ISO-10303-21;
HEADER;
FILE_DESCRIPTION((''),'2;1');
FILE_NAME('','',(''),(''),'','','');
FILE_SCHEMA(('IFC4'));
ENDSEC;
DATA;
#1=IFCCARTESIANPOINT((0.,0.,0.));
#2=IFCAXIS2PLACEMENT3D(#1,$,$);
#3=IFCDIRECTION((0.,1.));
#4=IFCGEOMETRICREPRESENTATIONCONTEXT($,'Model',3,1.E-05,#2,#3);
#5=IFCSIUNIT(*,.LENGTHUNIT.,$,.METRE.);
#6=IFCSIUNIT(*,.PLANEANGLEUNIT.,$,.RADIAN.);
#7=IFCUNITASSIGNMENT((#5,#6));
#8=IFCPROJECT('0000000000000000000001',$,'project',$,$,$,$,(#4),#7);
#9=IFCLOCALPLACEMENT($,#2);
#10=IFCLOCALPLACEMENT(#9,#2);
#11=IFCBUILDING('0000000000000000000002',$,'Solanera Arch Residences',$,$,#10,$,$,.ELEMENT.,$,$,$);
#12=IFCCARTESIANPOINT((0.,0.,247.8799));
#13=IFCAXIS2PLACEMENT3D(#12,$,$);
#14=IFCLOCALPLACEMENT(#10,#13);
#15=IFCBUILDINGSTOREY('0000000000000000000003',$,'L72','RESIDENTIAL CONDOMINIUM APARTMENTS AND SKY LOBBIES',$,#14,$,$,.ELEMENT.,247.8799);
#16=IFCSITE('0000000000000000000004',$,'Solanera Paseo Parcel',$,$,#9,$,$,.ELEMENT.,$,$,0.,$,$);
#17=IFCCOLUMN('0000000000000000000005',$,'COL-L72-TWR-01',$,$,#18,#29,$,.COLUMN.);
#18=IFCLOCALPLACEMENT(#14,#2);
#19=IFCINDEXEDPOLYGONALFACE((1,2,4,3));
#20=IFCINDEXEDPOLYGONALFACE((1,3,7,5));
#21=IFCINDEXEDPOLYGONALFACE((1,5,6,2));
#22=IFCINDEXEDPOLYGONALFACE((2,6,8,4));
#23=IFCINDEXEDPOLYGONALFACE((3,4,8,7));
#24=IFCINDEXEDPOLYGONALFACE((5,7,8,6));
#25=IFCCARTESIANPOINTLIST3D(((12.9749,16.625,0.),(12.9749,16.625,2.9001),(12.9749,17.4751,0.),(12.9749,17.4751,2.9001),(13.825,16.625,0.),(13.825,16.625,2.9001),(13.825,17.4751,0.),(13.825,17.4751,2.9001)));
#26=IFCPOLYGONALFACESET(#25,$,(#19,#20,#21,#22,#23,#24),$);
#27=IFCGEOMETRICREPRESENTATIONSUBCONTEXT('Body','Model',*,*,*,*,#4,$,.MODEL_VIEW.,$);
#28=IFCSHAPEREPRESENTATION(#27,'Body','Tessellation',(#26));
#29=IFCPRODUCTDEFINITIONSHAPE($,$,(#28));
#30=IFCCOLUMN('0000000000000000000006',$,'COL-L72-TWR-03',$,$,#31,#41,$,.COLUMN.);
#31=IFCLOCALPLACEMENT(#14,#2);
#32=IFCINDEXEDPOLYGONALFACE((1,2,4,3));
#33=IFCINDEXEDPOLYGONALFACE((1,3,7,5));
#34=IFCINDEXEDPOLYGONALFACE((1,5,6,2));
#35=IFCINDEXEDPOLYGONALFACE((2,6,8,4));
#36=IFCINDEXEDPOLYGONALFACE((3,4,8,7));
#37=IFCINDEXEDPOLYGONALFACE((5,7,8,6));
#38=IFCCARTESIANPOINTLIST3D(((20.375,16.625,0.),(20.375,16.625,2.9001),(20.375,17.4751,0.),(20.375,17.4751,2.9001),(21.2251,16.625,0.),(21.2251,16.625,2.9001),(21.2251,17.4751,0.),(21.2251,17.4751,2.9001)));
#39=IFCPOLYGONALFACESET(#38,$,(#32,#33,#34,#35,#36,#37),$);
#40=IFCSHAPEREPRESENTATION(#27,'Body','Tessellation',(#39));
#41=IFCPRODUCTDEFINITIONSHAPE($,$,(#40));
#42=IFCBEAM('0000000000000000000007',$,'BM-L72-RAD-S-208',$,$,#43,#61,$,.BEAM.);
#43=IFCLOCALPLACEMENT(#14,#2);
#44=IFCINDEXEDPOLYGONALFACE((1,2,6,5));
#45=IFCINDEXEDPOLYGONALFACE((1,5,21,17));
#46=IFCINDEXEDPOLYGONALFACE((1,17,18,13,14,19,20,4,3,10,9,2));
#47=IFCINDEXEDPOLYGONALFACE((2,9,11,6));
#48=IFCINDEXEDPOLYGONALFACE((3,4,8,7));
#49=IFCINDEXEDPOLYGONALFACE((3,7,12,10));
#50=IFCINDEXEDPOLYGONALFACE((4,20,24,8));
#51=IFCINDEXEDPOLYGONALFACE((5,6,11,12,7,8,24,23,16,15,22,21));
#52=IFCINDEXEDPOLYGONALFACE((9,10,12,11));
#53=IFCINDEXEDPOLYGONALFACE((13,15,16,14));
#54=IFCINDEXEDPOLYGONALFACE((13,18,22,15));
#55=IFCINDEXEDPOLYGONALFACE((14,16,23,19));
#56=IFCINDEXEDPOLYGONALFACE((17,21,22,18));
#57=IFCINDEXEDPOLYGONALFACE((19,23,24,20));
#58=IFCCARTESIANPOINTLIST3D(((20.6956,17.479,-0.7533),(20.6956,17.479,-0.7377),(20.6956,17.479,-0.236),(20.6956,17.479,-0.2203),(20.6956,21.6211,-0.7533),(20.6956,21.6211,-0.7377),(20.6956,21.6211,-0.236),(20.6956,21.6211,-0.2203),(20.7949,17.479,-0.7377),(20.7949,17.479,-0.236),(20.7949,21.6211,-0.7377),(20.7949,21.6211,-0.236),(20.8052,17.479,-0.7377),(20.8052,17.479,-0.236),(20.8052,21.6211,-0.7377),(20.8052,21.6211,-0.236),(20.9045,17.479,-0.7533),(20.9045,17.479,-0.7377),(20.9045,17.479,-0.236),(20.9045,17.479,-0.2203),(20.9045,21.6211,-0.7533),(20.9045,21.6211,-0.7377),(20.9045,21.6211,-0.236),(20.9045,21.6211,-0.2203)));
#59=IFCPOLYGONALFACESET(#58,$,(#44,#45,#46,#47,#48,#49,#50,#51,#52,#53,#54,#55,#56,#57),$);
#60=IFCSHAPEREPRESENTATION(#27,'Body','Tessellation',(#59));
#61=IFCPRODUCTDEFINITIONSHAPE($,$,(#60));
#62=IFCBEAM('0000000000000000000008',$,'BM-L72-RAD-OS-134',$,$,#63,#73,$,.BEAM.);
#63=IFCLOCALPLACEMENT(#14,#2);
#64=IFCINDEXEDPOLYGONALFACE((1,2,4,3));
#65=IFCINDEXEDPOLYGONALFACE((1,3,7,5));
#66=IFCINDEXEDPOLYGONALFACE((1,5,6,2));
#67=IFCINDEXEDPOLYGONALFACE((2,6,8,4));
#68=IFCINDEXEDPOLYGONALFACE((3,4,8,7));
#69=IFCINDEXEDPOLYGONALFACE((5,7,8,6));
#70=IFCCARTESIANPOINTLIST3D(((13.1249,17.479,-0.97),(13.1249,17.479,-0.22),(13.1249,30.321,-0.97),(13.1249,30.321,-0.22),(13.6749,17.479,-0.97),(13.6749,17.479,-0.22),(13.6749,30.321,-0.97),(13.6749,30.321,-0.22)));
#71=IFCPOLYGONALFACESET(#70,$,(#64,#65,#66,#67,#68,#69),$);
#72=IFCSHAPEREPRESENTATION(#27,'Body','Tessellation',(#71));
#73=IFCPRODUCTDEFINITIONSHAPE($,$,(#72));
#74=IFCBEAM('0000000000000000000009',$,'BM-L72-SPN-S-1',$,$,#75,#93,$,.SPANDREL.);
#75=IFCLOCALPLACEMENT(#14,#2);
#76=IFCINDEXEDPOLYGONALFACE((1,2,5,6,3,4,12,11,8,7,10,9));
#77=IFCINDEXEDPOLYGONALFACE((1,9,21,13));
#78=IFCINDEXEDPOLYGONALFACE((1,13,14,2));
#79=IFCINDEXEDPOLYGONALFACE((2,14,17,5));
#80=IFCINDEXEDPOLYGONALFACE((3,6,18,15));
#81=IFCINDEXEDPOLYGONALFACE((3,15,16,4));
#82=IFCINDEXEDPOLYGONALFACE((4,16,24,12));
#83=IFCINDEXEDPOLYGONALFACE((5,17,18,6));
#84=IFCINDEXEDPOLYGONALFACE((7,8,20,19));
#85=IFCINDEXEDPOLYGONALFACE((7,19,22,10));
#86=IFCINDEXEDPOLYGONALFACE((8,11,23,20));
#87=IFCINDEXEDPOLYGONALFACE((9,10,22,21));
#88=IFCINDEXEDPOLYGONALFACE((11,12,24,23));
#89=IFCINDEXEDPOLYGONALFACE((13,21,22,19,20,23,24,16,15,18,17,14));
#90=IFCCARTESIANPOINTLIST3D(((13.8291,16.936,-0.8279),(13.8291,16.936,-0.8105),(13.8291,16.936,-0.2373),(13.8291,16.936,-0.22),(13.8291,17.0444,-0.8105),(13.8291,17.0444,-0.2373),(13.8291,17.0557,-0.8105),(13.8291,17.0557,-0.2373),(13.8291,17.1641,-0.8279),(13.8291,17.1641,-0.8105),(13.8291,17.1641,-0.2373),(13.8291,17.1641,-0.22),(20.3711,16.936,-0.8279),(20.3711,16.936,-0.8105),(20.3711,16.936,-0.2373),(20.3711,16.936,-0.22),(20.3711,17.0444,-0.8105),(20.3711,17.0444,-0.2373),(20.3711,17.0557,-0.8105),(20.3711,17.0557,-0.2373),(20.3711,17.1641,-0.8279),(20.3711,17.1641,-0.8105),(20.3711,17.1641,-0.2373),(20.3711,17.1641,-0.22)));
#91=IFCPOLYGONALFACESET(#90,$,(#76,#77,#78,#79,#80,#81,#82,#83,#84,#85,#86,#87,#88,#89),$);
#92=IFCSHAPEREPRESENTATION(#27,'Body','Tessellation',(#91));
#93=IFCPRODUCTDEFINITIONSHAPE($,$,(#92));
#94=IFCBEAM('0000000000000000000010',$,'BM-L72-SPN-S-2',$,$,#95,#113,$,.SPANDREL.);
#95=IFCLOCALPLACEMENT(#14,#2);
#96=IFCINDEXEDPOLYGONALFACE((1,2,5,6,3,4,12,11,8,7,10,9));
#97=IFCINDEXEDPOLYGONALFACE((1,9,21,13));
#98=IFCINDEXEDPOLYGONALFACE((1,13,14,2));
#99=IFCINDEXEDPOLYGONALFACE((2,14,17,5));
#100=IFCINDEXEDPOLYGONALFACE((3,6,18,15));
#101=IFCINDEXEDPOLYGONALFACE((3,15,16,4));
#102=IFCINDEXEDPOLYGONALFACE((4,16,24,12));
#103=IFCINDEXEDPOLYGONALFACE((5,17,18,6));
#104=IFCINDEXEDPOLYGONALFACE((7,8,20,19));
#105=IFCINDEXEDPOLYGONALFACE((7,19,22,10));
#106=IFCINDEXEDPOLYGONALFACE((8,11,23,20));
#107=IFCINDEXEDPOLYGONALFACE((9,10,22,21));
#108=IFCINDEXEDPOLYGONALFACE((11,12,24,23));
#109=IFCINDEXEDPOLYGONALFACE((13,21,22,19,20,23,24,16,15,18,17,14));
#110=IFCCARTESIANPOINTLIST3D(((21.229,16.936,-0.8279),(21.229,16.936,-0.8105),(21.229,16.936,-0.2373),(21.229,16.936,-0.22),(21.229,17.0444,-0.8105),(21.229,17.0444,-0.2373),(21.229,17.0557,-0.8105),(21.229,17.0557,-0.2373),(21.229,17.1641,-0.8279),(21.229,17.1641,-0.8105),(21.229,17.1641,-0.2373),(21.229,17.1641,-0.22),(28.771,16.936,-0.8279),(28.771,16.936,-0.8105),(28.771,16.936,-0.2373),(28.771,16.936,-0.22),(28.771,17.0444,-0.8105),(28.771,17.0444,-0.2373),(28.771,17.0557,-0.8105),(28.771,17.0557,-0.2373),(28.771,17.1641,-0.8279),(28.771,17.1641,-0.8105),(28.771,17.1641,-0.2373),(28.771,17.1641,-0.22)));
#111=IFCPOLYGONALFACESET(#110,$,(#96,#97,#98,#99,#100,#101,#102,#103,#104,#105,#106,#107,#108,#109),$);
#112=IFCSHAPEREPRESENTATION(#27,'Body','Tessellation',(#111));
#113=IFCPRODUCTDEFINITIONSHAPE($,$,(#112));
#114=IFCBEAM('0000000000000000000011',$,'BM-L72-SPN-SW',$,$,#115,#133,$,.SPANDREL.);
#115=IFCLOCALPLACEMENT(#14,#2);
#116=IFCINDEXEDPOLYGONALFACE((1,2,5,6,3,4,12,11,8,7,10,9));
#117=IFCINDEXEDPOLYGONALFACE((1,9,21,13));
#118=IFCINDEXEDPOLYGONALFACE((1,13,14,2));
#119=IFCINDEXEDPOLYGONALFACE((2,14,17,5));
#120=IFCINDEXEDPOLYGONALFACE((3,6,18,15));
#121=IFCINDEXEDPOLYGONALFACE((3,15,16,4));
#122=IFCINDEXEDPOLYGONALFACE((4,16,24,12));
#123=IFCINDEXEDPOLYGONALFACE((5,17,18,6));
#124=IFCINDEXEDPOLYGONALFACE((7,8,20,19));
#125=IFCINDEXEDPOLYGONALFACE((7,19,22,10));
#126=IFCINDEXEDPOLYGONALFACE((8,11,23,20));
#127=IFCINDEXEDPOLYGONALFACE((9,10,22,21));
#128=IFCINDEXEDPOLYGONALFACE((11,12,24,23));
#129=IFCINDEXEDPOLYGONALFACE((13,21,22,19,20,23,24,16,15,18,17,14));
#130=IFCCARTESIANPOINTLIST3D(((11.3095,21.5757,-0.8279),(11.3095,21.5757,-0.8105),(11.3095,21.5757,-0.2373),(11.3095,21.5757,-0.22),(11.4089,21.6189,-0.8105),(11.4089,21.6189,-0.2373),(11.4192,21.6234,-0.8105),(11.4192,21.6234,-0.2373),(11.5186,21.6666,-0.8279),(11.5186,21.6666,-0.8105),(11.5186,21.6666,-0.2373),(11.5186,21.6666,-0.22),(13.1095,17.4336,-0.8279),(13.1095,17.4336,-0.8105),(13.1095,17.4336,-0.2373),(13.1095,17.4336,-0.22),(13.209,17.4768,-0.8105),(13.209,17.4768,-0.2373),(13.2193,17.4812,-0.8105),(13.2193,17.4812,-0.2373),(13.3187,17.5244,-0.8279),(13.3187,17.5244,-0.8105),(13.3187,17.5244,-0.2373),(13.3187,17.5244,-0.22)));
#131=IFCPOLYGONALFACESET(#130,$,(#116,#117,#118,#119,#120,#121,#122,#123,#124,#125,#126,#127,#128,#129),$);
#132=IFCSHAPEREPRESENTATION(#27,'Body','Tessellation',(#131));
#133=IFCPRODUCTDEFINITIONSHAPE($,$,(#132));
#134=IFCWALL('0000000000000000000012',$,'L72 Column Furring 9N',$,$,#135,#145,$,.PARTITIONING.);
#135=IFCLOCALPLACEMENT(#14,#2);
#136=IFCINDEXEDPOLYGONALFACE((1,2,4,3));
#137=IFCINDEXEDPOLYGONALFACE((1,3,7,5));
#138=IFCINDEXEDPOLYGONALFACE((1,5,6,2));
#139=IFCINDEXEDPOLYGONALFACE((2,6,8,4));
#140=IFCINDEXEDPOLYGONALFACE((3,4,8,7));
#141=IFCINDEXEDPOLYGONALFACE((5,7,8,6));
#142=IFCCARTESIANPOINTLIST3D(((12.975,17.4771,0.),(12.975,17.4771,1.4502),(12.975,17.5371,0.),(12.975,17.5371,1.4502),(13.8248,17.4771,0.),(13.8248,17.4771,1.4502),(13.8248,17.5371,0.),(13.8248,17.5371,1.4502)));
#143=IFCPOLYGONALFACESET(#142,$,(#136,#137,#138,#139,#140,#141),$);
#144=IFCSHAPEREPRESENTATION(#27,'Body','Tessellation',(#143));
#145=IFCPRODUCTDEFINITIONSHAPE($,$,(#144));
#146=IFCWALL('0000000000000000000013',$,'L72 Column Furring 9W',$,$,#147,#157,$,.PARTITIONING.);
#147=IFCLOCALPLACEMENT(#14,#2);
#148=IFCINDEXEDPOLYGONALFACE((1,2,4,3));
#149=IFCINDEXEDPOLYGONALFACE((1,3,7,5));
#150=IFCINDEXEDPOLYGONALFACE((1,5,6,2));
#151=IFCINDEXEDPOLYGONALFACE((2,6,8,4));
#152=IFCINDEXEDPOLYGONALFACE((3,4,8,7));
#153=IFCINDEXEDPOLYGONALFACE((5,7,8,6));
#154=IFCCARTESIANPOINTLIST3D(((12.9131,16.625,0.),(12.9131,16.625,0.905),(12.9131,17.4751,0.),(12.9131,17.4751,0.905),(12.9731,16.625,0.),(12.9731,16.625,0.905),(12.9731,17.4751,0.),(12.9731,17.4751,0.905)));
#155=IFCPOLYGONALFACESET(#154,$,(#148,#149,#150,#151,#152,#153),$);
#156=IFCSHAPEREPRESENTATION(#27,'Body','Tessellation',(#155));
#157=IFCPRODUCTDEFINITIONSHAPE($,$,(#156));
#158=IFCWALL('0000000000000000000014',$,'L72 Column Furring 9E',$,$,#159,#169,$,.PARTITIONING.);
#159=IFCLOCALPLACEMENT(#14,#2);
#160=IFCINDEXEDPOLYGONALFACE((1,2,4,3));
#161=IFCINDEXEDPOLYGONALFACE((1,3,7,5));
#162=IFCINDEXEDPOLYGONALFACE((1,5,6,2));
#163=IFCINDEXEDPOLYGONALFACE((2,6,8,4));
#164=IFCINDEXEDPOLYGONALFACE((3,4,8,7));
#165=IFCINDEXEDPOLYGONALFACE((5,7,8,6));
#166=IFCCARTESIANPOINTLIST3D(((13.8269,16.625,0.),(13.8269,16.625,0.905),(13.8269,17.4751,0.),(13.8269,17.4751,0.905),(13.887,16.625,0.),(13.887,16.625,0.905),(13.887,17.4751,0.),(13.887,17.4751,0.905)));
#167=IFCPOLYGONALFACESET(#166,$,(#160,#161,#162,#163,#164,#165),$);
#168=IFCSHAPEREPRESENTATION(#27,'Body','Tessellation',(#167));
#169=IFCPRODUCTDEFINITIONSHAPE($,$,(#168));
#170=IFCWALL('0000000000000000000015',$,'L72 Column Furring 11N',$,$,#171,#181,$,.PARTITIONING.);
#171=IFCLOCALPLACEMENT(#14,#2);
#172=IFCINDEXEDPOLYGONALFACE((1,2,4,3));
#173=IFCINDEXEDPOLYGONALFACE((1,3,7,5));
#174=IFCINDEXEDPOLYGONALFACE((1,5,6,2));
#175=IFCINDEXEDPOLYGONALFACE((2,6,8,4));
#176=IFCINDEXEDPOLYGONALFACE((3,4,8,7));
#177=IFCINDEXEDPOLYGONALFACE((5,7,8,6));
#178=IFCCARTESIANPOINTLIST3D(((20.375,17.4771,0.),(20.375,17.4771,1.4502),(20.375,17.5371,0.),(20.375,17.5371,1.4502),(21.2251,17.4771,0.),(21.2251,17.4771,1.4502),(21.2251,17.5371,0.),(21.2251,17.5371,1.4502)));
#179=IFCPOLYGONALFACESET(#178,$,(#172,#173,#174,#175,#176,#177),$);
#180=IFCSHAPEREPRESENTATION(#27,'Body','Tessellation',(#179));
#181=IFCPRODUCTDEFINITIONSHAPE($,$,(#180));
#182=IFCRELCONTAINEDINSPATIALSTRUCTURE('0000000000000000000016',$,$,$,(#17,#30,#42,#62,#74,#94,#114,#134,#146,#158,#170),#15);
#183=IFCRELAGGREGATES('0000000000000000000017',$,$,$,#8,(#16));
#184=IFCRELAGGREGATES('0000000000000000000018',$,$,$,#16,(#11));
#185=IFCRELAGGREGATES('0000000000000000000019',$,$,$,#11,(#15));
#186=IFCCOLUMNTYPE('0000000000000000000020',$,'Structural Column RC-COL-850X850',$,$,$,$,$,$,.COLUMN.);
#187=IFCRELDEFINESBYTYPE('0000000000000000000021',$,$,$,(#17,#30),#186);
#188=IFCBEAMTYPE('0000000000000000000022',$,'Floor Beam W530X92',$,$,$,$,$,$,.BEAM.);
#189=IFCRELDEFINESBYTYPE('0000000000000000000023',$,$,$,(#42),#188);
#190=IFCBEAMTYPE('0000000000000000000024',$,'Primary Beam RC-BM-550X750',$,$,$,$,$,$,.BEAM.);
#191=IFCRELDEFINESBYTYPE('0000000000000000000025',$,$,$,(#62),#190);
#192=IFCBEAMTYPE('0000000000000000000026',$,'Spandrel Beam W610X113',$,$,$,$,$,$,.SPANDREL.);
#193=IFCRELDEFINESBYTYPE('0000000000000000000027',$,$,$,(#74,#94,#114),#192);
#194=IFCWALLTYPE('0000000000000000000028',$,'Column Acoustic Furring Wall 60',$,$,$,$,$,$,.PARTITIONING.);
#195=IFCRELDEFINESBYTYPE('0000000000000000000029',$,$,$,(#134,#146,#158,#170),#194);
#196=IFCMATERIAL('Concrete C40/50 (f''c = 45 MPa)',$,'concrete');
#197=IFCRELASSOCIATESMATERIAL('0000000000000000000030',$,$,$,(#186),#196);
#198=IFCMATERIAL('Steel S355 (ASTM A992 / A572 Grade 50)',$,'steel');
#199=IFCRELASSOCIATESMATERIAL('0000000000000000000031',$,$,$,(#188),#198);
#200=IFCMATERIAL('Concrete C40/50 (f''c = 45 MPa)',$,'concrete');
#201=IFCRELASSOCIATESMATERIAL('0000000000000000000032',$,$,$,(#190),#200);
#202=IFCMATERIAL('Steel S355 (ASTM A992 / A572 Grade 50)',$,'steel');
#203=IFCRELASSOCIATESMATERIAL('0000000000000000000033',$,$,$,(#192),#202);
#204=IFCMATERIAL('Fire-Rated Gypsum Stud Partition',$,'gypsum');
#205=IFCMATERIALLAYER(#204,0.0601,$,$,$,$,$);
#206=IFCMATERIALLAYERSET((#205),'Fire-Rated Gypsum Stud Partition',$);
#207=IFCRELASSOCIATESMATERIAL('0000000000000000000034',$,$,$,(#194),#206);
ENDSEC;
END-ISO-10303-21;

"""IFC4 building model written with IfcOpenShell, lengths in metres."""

from ifc_helpers import new_model, si_unit, direction, frame, frame_2d, origin, origin_2d, place, context, subcontext, project, spatial, rectangle, i_section, extrude, material, layer, layer_set, material_profile, profile_set, type_object, element, save


model = new_model("IFC4")

# Units and contexts
model_context = context("Model", 3, precision=1e-05, world=origin(), true_north=direction((0.0, 1.0)))
body_context = subcontext(model_context, "Body", "Model", "MODEL_VIEW")
ifc_project = project(units=[si_unit("LENGTHUNIT", "METRE"), si_unit("PLANEANGLEUNIT", "RADIAN")], contexts=[model_context])

# Site, building, storey
site_placement = place(None, origin())
site = spatial("IfcSite", under=ifc_project, at=site_placement, Name="Solanera Paseo Parcel", CompositionType="ELEMENT", RefElevation=0.0)
building_placement = place(site_placement, origin())
building = spatial("IfcBuilding", under=site, at=building_placement, Name="Solanera Arch Residences", CompositionType="ELEMENT")
storey_placement = place(building_placement, frame((0.0, 0.0, 247.8799)))
storey = spatial("IfcBuildingStorey", under=building, at=storey_placement, Name="L72", Description="RESIDENTIAL CONDOMINIUM APARTMENTS AND SKY LOBBIES", CompositionType="ELEMENT", Elevation=247.8799)

# Columns
ifc_material_1 = material(Name="Concrete C40/50 (f'c = 45 MPa)", Category="concrete")
ifc_material_profile_1 = material_profile(ifc_material_1, rectangle(XDim=0.8501, YDim=0.8501, at=origin_2d()))
ifc_profile_set_1 = profile_set([ifc_material_profile_1], Name="Concrete C40/50 (f'c = 45 MPa)")
column_type = type_object("IfcColumnType", Name="Structural Column RC-COL-850X850", PredefinedType="COLUMN", material=ifc_profile_set_1)
for number, where, z_axis, x_axis, name in (
    (1, (13.3999, 17.05, 0.0), (0.0, 0.0, 1.0), (1.0, 0.0, 0.0), "COL-L72-TWR-01"),
    (2, (20.8, 17.05, 0.0), (0.0, 0.0, 1.0), (1.0, 0.0, 0.0), "COL-L72-TWR-03"),
):
    element("IfcColumn", number, at=place(storey_placement, frame(where, z_axis=z_axis, x_axis=x_axis)), inside=storey, type_object=column_type, Name=name, PredefinedType="COLUMN", context=body_context, shape_type="SweptSolid", body=[
        extrude(rectangle(XDim=0.8501, YDim=0.8501, at=origin_2d()), origin(), (0.0, 0.0, 1.0), 2.9001),
    ])

# Beams
ifc_material_2 = material(Name="Steel S355 (ASTM A992 / A572 Grade 50)", Category="steel")
ifc_material_profile_2 = material_profile(ifc_material_2, i_section(OverallWidth=0.209, OverallDepth=0.533, WebThickness=0.0103, FlangeThickness=0.0156, at=origin_2d()))
ifc_profile_set_2 = profile_set([ifc_material_profile_2], Name="Steel S355 (ASTM A992 / A572 Grade 50)")
beam_type_1 = type_object("IfcBeamType", Name="Floor Beam W530X92", PredefinedType="BEAM", material=ifc_profile_set_2)
beam_1_placement = place(storey_placement, frame((20.8, 17.479, -0.4868), z_axis=(0.0, 1.0, 0.0), x_axis=(-1.0, 0.0, 0.0)))
element("IfcBeam", 3, at=beam_1_placement, inside=storey, type_object=beam_type_1, Name="BM-L72-RAD-S-208", PredefinedType="BEAM", context=body_context, shape_type="SweptSolid", body=[
    extrude(i_section(OverallWidth=0.209, OverallDepth=0.533, WebThickness=0.0103, FlangeThickness=0.0156, at=origin_2d()), origin(), (0.0, 0.0, 1.0), 4.1421),
])
ifc_material_3 = material(Name="Concrete C40/50 (f'c = 45 MPa)", Category="concrete")
ifc_material_profile_3 = material_profile(ifc_material_3, rectangle(XDim=0.55, YDim=0.75, at=origin_2d()))
ifc_profile_set_3 = profile_set([ifc_material_profile_3], Name="Concrete C40/50 (f'c = 45 MPa)")
beam_type_2 = type_object("IfcBeamType", Name="Primary Beam RC-BM-550X750", PredefinedType="BEAM", material=ifc_profile_set_3)
beam_2_placement = place(storey_placement, frame((13.3999, 17.479, -0.595), z_axis=(0.0, 1.0, 0.0), x_axis=(-1.0, 0.0, 0.0)))
element("IfcBeam", 4, at=beam_2_placement, inside=storey, type_object=beam_type_2, Name="BM-L72-RAD-OS-134", PredefinedType="BEAM", context=body_context, shape_type="SweptSolid", body=[
    extrude(rectangle(XDim=0.55, YDim=0.75, at=origin_2d()), origin(), (0.0, 0.0, 1.0), 12.842),
])
ifc_material_4 = material(Name="Steel S355 (ASTM A992 / A572 Grade 50)", Category="steel")
ifc_material_profile_4 = material_profile(ifc_material_4, i_section(OverallWidth=0.228, OverallDepth=0.6079, WebThickness=0.0112, FlangeThickness=0.0173, at=origin_2d()))
ifc_profile_set_4 = profile_set([ifc_material_profile_4], Name="Steel S355 (ASTM A992 / A572 Grade 50)")
beam_type_3 = type_object("IfcBeamType", Name="Spandrel Beam W610X113", PredefinedType="SPANDREL", material=ifc_profile_set_4)
beam_3_placement = place(storey_placement, frame((13.8291, 17.05, -0.5239), z_axis=(1.0, 0.0, 0.0), x_axis=(0.0, 1.0, 0.0)))
element("IfcBeam", 5, at=beam_3_placement, inside=storey, type_object=beam_type_3, Name="BM-L72-SPN-S-1", PredefinedType="SPANDREL", context=body_context, shape_type="SweptSolid", body=[
    extrude(i_section(OverallWidth=0.228, OverallDepth=0.6079, WebThickness=0.0112, FlangeThickness=0.0173, at=origin_2d()), origin(), (0.0, 0.0, 1.0), 6.542),
])
beam_4_placement = place(storey_placement, frame((21.229, 17.05, -0.5239), z_axis=(1.0, 0.0, 0.0), x_axis=(0.0, 1.0, 0.0)))
element("IfcBeam", 6, at=beam_4_placement, inside=storey, type_object=beam_type_3, Name="BM-L72-SPN-S-2", PredefinedType="SPANDREL", context=body_context, shape_type="SweptSolid", body=[
    extrude(i_section(OverallWidth=0.228, OverallDepth=0.6079, WebThickness=0.0112, FlangeThickness=0.0173, at=origin_2d()), origin(), (0.0, 0.0, 1.0), 7.542),
])
beam_5_placement = place(storey_placement, frame((13.2141, 17.479, -0.5239), z_axis=(-0.398566, 0.91714, 0.0), x_axis=(-0.91714, -0.398566, 0.0)))
element("IfcBeam", 7, at=beam_5_placement, inside=storey, type_object=beam_type_3, Name="BM-L72-SPN-SW", PredefinedType="SPANDREL", context=body_context, shape_type="SweptSolid", body=[
    extrude(i_section(OverallWidth=0.228, OverallDepth=0.6079, WebThickness=0.0112, FlangeThickness=0.0173, at=origin_2d()), origin(), (0.0, 0.0, 1.0), 4.5164),
])

# Walls
ifc_material_5 = material(Name="Fire-Rated Gypsum Stud Partition", Category="gypsum")
ifc_layer_1 = layer(ifc_material_5, 0.0601)
ifc_layer_set_1 = layer_set([ifc_layer_1], Name="Fire-Rated Gypsum Stud Partition")
wall_type_1 = type_object("IfcWallType", Name="Column Acoustic Furring Wall 60", PredefinedType="PARTITIONING", material=ifc_layer_set_1)
wall_1_placement = place(storey_placement, frame((12.9751, 17.5071, 0.0), z_axis=(0.0, 0.0, 1.0), x_axis=(1.0, 0.0, 0.0)))
element("IfcWall", 8, at=wall_1_placement, inside=storey, type_object=wall_type_1, Name="L72 Column Furring 9N", PredefinedType="PARTITIONING", context=body_context, shape_type="SweptSolid", body=[
    extrude(rectangle(XDim=0.8499, YDim=0.0601, at=frame_2d((0.4248, 0.0))), origin(), (0.0, 0.0, 1.0), 1.4502),
])
for number, where, z_axis, x_axis, name in (
    (9, (12.9431, 16.625, 0.0), (0.0, 0.0, 1.0), (0.0, 1.0, 0.0), "L72 Column Furring 9W"),
    (10, (13.8569, 16.625, 0.0), (0.0, 0.0, 1.0), (0.0, 1.0, 0.0), "L72 Column Furring 9E"),
):
    element("IfcWall", number, at=place(storey_placement, frame(where, z_axis=z_axis, x_axis=x_axis)), inside=storey, type_object=wall_type_1, Name=name, PredefinedType="PARTITIONING", context=body_context, shape_type="SweptSolid", body=[
        extrude(rectangle(XDim=0.8501, YDim=0.0601, at=frame_2d((0.425, 0.0))), origin(), (0.0, 0.0, 1.0), 0.905),
    ])
wall_2_placement = place(storey_placement, frame((20.375, 17.5071, 0.0), z_axis=(0.0, 0.0, 1.0), x_axis=(1.0, 0.0, 0.0)))
element("IfcWall", 11, at=wall_2_placement, inside=storey, type_object=wall_type_1, Name="L72 Column Furring 11N", PredefinedType="PARTITIONING", context=body_context, shape_type="SweptSolid", body=[
    extrude(rectangle(XDim=0.8501, YDim=0.0601, at=frame_2d((0.425, 0.0))), origin(), (0.0, 0.0, 1.0), 1.4502),
])

save(model, "model.ifc")
